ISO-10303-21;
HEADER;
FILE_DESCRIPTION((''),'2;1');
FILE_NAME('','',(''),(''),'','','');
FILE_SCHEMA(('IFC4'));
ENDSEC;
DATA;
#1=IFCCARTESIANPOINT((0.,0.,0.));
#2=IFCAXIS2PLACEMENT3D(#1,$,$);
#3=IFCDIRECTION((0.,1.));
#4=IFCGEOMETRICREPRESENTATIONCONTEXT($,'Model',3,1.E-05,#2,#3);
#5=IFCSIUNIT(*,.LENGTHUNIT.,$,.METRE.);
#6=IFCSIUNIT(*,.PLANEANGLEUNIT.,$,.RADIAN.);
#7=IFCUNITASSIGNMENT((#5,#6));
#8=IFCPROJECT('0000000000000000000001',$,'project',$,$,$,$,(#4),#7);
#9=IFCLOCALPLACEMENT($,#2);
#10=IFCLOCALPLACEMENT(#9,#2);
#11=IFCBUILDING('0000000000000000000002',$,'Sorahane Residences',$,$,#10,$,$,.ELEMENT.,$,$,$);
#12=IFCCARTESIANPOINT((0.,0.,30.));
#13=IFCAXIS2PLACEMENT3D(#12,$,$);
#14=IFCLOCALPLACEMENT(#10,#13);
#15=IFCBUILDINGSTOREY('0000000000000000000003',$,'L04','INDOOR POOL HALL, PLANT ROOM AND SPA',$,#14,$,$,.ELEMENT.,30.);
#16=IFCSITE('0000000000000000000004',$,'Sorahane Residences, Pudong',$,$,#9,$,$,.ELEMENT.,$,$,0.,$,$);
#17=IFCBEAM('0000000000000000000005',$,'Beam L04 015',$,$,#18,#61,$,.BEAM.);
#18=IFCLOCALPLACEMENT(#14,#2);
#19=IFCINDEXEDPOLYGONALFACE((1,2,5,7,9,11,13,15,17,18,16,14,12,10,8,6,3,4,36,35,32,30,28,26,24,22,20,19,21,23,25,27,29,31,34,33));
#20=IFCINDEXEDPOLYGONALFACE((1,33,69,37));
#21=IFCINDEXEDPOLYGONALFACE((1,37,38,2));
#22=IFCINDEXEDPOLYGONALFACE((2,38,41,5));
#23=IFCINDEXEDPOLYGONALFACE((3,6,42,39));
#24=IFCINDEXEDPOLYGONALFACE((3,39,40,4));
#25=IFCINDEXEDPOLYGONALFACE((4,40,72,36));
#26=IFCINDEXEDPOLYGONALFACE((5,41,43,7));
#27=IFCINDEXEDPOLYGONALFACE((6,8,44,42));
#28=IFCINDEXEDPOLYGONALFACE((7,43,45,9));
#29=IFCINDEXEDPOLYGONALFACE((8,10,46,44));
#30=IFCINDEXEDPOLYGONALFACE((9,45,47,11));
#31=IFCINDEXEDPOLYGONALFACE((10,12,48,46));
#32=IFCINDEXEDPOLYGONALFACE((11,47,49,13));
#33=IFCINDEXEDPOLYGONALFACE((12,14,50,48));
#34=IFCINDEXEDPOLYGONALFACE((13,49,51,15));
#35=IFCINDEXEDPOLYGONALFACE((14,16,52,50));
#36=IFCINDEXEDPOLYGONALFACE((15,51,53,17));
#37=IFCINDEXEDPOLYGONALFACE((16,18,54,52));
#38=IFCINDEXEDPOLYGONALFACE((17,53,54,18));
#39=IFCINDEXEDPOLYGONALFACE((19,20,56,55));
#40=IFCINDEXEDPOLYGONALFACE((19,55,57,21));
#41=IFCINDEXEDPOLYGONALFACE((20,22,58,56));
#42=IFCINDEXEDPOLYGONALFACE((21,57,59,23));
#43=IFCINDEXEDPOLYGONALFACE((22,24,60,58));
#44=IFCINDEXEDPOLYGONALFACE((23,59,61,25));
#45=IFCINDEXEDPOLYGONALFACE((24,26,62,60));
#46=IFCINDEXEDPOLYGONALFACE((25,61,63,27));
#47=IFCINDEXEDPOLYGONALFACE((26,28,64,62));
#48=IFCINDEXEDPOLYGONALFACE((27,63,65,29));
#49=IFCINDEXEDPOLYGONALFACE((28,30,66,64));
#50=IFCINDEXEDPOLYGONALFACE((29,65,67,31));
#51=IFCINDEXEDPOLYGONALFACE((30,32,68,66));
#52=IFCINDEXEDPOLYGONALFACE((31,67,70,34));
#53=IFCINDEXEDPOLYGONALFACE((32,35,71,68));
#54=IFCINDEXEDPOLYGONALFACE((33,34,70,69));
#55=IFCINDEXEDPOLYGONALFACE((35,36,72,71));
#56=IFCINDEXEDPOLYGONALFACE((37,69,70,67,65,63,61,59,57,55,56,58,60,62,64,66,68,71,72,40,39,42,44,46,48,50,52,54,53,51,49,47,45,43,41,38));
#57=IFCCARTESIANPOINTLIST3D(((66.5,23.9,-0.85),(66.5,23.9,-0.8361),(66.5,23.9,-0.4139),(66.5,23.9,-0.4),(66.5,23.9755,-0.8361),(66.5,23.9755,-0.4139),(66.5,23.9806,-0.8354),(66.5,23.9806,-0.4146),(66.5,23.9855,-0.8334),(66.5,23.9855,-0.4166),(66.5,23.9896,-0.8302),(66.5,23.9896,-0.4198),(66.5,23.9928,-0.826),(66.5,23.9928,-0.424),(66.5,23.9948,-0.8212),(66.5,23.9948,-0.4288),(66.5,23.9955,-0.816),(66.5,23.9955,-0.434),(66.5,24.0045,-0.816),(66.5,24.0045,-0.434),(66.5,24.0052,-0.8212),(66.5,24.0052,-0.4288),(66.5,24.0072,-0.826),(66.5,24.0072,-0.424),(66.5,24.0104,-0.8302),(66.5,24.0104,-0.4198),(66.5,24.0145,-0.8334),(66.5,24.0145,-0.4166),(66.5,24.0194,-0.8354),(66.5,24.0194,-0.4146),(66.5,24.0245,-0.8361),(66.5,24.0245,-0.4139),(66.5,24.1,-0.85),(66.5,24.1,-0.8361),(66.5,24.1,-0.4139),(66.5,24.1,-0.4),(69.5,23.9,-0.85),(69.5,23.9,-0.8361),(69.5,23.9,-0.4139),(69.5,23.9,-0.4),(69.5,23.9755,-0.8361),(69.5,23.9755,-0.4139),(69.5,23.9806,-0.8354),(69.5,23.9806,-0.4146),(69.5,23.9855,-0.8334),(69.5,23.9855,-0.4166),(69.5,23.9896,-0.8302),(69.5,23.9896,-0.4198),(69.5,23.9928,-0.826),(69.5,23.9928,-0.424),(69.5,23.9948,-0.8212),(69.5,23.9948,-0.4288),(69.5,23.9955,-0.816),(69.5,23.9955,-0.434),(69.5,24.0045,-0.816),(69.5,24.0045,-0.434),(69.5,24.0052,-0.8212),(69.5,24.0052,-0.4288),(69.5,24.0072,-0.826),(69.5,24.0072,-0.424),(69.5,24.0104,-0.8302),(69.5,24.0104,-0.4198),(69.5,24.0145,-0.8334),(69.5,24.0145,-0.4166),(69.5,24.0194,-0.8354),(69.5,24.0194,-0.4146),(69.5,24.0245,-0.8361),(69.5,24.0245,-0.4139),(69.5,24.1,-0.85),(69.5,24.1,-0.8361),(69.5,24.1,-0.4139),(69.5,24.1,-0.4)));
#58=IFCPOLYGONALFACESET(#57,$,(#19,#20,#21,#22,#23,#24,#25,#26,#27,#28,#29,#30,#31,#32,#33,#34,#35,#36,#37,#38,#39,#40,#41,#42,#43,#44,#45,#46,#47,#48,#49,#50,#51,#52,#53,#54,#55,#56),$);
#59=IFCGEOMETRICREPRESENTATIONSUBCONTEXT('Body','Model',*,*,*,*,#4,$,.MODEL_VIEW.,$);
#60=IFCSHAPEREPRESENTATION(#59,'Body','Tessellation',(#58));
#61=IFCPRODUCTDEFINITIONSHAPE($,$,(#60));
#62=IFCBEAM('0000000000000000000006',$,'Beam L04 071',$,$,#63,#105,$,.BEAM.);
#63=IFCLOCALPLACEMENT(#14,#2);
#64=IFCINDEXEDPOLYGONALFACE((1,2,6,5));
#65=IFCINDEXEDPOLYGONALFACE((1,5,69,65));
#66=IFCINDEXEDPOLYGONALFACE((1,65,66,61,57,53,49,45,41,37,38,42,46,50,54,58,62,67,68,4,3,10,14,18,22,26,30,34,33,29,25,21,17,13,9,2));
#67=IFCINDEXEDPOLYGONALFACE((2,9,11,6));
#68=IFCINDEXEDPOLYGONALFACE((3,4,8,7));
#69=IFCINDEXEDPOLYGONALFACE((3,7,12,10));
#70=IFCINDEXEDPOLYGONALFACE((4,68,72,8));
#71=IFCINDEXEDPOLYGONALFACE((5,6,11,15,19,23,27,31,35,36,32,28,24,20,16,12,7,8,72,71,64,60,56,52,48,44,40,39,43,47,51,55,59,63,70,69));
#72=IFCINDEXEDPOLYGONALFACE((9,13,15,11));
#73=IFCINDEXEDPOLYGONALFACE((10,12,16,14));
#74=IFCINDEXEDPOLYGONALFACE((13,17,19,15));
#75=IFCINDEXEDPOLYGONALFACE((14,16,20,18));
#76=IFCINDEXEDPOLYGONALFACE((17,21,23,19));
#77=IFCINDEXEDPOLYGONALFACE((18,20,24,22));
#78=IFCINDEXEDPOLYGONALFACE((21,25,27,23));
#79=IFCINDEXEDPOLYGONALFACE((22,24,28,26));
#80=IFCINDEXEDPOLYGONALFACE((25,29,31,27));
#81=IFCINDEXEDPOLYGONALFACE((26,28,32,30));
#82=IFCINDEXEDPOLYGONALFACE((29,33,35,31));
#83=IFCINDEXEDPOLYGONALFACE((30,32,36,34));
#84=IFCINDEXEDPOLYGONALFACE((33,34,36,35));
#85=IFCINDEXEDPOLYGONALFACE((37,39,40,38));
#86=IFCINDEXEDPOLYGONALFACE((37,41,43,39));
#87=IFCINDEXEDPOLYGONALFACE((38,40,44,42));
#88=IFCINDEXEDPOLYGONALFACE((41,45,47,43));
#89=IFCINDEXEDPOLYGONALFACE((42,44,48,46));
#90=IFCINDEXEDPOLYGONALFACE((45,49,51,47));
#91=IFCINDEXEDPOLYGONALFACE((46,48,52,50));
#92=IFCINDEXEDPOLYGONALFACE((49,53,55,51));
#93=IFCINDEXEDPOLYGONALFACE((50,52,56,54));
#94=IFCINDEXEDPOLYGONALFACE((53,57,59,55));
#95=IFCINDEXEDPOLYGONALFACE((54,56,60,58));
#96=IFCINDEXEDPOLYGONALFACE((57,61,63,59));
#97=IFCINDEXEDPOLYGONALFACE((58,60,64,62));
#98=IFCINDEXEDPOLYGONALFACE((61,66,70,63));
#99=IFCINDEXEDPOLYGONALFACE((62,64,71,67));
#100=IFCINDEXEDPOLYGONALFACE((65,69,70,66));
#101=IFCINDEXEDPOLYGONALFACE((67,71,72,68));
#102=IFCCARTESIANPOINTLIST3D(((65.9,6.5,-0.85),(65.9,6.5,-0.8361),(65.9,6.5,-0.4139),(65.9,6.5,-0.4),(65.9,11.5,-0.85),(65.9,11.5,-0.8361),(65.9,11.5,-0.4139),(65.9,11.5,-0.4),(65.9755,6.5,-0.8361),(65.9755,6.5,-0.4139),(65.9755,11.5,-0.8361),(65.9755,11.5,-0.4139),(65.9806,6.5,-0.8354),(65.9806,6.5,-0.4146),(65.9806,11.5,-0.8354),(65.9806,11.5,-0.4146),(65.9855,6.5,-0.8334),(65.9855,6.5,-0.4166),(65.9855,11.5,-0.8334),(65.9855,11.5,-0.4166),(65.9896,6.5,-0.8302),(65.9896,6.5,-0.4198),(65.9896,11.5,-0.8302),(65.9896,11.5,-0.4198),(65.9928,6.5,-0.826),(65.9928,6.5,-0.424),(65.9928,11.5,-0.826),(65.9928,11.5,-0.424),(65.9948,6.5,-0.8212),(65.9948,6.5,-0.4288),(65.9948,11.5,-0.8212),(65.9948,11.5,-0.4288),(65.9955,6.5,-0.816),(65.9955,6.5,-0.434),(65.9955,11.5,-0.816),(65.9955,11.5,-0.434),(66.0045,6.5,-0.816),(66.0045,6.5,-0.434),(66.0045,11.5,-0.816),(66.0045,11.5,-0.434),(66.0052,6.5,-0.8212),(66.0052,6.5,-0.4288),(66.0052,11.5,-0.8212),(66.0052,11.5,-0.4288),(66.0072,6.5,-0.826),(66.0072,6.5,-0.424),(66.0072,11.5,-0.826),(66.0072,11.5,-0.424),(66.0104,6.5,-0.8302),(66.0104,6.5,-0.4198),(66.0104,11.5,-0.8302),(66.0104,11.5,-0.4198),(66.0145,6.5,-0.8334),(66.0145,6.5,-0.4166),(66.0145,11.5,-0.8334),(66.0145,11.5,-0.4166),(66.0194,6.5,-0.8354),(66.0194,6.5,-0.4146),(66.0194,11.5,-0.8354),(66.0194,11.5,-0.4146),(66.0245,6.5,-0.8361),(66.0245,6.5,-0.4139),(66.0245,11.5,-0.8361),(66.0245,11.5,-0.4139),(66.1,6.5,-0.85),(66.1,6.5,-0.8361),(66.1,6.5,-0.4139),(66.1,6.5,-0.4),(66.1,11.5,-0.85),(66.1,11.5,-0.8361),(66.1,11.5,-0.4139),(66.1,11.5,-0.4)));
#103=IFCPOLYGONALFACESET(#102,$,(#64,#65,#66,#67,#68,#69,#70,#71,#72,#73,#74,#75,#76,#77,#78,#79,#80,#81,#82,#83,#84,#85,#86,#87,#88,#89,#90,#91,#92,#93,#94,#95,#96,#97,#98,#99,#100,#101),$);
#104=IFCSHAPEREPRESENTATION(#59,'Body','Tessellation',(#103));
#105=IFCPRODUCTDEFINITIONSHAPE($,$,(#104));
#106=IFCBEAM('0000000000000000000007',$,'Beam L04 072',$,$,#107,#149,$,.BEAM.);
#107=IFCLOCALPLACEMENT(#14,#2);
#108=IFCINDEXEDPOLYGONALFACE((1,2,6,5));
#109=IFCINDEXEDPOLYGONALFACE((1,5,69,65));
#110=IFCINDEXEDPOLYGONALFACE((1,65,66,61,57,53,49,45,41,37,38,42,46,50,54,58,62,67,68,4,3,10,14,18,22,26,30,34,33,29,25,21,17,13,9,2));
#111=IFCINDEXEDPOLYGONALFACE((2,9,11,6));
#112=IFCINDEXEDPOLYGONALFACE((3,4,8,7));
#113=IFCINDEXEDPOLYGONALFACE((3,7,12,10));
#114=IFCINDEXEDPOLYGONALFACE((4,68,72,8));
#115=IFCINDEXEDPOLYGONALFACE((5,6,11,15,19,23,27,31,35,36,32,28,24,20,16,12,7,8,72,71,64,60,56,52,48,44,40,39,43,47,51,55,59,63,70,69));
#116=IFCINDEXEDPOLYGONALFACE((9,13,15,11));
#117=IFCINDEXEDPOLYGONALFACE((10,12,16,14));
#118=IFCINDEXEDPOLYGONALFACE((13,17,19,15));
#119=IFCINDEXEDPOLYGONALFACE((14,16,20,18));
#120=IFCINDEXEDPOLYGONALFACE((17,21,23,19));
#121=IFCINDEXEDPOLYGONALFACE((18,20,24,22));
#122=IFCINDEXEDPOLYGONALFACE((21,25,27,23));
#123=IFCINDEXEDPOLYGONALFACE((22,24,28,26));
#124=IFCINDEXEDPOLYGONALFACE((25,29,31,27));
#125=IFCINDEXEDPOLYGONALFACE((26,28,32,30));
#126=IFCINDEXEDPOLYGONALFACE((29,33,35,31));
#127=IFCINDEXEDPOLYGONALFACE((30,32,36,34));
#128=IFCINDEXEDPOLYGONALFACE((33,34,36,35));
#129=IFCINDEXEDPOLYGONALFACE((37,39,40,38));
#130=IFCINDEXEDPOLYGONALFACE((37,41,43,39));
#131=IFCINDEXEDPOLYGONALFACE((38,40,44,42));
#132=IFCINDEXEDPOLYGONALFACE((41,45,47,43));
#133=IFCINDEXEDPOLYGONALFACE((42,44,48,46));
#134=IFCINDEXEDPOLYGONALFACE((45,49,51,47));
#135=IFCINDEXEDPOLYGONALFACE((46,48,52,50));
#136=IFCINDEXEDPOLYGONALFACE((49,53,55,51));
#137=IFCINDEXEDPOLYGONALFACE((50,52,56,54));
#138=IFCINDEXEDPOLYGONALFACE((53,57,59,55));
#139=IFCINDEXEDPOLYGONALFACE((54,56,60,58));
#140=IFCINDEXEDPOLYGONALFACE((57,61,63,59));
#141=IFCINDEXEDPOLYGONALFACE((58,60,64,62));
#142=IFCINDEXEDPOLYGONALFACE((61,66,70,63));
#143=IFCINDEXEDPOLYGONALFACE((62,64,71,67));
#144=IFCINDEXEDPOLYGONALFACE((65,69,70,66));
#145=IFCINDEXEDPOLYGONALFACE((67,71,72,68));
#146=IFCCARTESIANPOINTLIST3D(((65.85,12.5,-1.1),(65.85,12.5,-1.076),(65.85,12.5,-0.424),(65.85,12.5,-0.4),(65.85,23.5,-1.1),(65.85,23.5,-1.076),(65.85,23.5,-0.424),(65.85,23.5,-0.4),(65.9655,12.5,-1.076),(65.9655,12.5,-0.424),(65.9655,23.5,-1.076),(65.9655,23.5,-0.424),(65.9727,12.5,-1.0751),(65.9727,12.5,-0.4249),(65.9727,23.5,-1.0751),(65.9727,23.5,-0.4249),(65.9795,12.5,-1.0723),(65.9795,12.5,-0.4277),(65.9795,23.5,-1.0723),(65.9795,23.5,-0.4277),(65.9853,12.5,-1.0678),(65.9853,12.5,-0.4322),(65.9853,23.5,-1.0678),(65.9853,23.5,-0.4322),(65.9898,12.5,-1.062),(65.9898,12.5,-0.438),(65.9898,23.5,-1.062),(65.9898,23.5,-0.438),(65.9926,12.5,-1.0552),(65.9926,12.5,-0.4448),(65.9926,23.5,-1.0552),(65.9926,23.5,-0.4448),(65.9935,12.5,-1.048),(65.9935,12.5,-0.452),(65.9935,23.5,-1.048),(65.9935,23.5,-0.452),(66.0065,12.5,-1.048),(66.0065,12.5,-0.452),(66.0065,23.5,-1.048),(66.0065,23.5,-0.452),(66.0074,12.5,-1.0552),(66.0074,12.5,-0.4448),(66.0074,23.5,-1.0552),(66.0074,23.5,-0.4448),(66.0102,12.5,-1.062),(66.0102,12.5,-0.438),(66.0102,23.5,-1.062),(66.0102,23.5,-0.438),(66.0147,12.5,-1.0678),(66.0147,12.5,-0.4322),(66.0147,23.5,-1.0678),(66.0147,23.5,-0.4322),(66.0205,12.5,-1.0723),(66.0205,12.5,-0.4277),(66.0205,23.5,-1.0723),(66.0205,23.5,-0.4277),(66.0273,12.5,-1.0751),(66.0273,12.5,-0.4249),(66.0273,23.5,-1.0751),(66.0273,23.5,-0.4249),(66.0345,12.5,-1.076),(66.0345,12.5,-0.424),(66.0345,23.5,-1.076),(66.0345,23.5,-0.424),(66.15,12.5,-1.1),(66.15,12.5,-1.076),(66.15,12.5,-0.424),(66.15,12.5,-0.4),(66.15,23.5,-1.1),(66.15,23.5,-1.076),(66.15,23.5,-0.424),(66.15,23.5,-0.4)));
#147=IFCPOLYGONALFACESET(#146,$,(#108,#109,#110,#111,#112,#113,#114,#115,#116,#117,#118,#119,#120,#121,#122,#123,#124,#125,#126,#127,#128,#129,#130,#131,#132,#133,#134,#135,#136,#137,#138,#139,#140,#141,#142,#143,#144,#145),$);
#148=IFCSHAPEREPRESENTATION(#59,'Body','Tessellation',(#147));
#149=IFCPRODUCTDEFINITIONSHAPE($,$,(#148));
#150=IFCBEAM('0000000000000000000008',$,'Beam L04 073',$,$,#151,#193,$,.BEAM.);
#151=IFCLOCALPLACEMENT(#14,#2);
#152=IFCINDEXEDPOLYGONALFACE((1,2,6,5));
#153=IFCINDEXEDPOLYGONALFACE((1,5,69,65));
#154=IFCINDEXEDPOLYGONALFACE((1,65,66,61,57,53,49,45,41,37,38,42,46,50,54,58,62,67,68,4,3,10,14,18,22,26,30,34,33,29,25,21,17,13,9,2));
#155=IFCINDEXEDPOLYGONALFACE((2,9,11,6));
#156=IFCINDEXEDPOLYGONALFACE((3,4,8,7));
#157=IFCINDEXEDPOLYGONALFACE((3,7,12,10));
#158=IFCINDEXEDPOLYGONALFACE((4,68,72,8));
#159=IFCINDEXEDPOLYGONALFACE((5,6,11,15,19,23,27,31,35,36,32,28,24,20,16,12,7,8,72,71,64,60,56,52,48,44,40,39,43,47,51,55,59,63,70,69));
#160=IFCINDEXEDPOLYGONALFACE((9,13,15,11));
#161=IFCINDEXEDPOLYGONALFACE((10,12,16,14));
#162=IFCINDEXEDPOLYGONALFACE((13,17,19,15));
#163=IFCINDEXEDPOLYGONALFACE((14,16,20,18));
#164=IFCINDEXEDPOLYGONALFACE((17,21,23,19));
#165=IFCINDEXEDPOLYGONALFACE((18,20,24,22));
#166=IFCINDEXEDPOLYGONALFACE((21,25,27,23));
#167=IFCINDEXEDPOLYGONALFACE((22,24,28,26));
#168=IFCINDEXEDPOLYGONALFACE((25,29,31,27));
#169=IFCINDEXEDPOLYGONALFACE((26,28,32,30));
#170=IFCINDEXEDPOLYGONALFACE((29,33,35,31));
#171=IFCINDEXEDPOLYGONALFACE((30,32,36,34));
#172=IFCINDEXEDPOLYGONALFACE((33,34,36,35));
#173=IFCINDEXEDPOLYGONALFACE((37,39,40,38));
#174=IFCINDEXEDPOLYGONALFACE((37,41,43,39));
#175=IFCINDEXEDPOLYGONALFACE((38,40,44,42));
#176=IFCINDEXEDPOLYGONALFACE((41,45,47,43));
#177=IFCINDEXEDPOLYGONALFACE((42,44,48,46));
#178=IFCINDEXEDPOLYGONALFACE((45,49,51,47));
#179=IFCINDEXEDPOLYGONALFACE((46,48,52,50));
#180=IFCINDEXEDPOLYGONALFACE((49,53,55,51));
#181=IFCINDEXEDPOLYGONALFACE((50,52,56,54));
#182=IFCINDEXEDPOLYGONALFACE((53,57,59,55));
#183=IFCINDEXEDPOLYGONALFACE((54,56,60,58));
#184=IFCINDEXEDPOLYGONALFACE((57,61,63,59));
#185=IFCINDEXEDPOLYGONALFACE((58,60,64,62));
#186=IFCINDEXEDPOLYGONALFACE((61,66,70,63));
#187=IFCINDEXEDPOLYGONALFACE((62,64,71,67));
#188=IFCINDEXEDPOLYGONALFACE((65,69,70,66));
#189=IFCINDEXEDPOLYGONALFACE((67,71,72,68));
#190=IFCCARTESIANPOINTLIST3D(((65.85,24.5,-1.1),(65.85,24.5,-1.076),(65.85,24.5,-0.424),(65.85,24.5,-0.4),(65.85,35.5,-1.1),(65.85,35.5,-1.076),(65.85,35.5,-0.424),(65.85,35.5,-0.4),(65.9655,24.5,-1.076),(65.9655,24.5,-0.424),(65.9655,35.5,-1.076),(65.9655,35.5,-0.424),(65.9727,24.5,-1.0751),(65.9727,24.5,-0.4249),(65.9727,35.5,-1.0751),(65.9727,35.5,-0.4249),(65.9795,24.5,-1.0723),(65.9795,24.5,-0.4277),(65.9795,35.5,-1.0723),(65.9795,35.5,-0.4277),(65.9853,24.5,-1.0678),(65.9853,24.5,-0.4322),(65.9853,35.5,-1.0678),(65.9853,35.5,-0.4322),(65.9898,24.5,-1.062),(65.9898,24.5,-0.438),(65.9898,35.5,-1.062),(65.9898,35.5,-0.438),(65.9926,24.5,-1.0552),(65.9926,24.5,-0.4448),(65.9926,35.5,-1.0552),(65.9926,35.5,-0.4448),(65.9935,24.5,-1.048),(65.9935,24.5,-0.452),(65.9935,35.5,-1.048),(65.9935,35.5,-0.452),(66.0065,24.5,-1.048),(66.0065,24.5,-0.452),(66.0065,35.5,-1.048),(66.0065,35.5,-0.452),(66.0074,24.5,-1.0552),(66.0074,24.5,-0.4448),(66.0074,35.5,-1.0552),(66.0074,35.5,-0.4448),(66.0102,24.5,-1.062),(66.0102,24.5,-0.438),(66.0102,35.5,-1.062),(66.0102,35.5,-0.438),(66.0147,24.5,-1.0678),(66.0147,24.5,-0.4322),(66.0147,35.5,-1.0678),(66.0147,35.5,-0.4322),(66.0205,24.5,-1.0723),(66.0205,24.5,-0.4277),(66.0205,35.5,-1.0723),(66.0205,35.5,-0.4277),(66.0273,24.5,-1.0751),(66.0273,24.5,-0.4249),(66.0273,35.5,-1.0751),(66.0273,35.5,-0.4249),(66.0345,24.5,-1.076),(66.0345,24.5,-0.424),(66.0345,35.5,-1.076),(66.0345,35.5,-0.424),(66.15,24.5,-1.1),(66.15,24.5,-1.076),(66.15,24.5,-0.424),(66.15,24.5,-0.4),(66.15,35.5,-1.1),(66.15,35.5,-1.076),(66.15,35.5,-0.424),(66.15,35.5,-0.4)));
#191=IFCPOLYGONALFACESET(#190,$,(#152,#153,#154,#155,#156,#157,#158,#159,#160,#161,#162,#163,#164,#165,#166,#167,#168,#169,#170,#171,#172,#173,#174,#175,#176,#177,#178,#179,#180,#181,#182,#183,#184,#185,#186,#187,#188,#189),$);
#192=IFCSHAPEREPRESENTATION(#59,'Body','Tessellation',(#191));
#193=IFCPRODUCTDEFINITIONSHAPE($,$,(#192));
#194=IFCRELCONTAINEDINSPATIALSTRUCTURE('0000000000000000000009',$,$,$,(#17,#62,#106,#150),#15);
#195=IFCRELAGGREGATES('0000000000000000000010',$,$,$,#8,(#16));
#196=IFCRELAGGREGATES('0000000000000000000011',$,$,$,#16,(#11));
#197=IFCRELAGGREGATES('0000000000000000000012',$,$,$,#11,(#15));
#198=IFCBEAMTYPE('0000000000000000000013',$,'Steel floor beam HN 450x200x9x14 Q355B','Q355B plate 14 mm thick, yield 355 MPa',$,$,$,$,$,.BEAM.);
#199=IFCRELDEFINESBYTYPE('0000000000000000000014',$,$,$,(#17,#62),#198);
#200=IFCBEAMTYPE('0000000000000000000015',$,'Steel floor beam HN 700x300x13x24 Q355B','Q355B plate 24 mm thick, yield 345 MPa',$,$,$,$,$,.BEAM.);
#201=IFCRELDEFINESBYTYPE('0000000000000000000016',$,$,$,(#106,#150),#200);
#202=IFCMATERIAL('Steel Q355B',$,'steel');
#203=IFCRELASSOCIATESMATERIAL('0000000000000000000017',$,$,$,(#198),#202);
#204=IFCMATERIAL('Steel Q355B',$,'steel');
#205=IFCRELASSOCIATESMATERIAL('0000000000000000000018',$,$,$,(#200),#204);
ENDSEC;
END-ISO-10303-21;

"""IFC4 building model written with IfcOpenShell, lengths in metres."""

from ifc_helpers import new_model, si_unit, direction, frame, origin, origin_2d, place, context, subcontext, project, spatial, i_section, extrude, material, material_profile, profile_set, type_object, element, save


model = new_model("IFC4")

# Units and contexts
model_context = context("Model", 3, precision=1e-05, world=origin(), true_north=direction((0.0, 1.0)))
body_context = subcontext(model_context, "Body", "Model", "MODEL_VIEW")
ifc_project = project(units=[si_unit("LENGTHUNIT", "METRE"), si_unit("PLANEANGLEUNIT", "RADIAN")], contexts=[model_context])

# Site, building, storey
site_placement = place(None, origin())
site = spatial("IfcSite", under=ifc_project, at=site_placement, Name="Sorahane Residences, Pudong", CompositionType="ELEMENT", RefElevation=0.0)
building_placement = place(site_placement, origin())
building = spatial("IfcBuilding", under=site, at=building_placement, Name="Sorahane Residences", CompositionType="ELEMENT")
storey_placement = place(building_placement, frame((0.0, 0.0, 30.0)))
storey = spatial("IfcBuildingStorey", under=building, at=storey_placement, Name="L04", Description="INDOOR POOL HALL, PLANT ROOM AND SPA", CompositionType="ELEMENT", Elevation=30.0)

# Beams
ifc_material_1 = material(Name="Steel Q355B", Category="steel")
ifc_material_profile_1 = material_profile(ifc_material_1, i_section(OverallWidth=0.2, OverallDepth=0.45, WebThickness=0.009, FlangeThickness=0.0139, FilletRadius=0.02, at=origin_2d()), Name="HN 450x200x9x14")
ifc_profile_set_1 = profile_set([ifc_material_profile_1], Name="Steel Q355B")
beam_type_1 = type_object("IfcBeamType", Name="Steel floor beam HN 450x200x9x14 Q355B", Description="Q355B plate 14 mm thick, yield 355 MPa", PredefinedType="BEAM", material=ifc_profile_set_1)
for number, where, z_axis, x_axis, name in (
    (1, (66.5, 24.0, -0.625), (1.0, 0.0, 0.0), (0.0, 1.0, 0.0), "Beam L04 015"),
):
    element("IfcBeam", number, at=place(storey_placement, frame(where, z_axis=z_axis, x_axis=x_axis)), inside=storey, type_object=beam_type_1, Name=name, PredefinedType="BEAM", context=body_context, shape_type="SweptSolid", body=[
        extrude(i_section(OverallWidth=0.2, OverallDepth=0.45, WebThickness=0.009, FlangeThickness=0.0139, FilletRadius=0.02, at=origin_2d()), origin(), (0.0, 0.0, 1.0), 3.0),
    ])
beam_placement = place(storey_placement, frame((66.0, 6.5, -0.625), z_axis=(0.0, 1.0, 0.0), x_axis=(-1.0, 0.0, 0.0)))
element("IfcBeam", 2, at=beam_placement, inside=storey, type_object=beam_type_1, Name="Beam L04 071", PredefinedType="BEAM", context=body_context, shape_type="SweptSolid", body=[
    extrude(i_section(OverallWidth=0.2, OverallDepth=0.45, WebThickness=0.009, FlangeThickness=0.0139, FilletRadius=0.02, at=origin_2d()), origin(), (0.0, 0.0, 1.0), 5.0),
])
ifc_material_2 = material(Name="Steel Q355B", Category="steel")
ifc_material_profile_2 = material_profile(ifc_material_2, i_section(OverallWidth=0.3, OverallDepth=0.7, WebThickness=0.0129, FlangeThickness=0.0239, FilletRadius=0.0281, at=origin_2d()), Name="HN 700x300x13x24")
ifc_profile_set_2 = profile_set([ifc_material_profile_2], Name="Steel Q355B")
beam_type_2 = type_object("IfcBeamType", Name="Steel floor beam HN 700x300x13x24 Q355B", Description="Q355B plate 24 mm thick, yield 345 MPa", PredefinedType="BEAM", material=ifc_profile_set_2)
for number, where, z_axis, x_axis, name in (
    (3, (66.0, 12.5, -0.75), (0.0, 1.0, 0.0), (-1.0, 0.0, 0.0), "Beam L04 072"),
    (4, (66.0, 24.5, -0.75), (0.0, 1.0, 0.0), (-1.0, 0.0, 0.0), "Beam L04 073"),
):
    element("IfcBeam", number, at=place(storey_placement, frame(where, z_axis=z_axis, x_axis=x_axis)), inside=storey, type_object=beam_type_2, Name=name, PredefinedType="BEAM", context=body_context, shape_type="SweptSolid", body=[
        extrude(i_section(OverallWidth=0.3, OverallDepth=0.7, WebThickness=0.0129, FlangeThickness=0.0239, FilletRadius=0.0281, at=origin_2d()), origin(), (0.0, 0.0, 1.0), 11.0),
    ])

save(model, "model.ifc")
